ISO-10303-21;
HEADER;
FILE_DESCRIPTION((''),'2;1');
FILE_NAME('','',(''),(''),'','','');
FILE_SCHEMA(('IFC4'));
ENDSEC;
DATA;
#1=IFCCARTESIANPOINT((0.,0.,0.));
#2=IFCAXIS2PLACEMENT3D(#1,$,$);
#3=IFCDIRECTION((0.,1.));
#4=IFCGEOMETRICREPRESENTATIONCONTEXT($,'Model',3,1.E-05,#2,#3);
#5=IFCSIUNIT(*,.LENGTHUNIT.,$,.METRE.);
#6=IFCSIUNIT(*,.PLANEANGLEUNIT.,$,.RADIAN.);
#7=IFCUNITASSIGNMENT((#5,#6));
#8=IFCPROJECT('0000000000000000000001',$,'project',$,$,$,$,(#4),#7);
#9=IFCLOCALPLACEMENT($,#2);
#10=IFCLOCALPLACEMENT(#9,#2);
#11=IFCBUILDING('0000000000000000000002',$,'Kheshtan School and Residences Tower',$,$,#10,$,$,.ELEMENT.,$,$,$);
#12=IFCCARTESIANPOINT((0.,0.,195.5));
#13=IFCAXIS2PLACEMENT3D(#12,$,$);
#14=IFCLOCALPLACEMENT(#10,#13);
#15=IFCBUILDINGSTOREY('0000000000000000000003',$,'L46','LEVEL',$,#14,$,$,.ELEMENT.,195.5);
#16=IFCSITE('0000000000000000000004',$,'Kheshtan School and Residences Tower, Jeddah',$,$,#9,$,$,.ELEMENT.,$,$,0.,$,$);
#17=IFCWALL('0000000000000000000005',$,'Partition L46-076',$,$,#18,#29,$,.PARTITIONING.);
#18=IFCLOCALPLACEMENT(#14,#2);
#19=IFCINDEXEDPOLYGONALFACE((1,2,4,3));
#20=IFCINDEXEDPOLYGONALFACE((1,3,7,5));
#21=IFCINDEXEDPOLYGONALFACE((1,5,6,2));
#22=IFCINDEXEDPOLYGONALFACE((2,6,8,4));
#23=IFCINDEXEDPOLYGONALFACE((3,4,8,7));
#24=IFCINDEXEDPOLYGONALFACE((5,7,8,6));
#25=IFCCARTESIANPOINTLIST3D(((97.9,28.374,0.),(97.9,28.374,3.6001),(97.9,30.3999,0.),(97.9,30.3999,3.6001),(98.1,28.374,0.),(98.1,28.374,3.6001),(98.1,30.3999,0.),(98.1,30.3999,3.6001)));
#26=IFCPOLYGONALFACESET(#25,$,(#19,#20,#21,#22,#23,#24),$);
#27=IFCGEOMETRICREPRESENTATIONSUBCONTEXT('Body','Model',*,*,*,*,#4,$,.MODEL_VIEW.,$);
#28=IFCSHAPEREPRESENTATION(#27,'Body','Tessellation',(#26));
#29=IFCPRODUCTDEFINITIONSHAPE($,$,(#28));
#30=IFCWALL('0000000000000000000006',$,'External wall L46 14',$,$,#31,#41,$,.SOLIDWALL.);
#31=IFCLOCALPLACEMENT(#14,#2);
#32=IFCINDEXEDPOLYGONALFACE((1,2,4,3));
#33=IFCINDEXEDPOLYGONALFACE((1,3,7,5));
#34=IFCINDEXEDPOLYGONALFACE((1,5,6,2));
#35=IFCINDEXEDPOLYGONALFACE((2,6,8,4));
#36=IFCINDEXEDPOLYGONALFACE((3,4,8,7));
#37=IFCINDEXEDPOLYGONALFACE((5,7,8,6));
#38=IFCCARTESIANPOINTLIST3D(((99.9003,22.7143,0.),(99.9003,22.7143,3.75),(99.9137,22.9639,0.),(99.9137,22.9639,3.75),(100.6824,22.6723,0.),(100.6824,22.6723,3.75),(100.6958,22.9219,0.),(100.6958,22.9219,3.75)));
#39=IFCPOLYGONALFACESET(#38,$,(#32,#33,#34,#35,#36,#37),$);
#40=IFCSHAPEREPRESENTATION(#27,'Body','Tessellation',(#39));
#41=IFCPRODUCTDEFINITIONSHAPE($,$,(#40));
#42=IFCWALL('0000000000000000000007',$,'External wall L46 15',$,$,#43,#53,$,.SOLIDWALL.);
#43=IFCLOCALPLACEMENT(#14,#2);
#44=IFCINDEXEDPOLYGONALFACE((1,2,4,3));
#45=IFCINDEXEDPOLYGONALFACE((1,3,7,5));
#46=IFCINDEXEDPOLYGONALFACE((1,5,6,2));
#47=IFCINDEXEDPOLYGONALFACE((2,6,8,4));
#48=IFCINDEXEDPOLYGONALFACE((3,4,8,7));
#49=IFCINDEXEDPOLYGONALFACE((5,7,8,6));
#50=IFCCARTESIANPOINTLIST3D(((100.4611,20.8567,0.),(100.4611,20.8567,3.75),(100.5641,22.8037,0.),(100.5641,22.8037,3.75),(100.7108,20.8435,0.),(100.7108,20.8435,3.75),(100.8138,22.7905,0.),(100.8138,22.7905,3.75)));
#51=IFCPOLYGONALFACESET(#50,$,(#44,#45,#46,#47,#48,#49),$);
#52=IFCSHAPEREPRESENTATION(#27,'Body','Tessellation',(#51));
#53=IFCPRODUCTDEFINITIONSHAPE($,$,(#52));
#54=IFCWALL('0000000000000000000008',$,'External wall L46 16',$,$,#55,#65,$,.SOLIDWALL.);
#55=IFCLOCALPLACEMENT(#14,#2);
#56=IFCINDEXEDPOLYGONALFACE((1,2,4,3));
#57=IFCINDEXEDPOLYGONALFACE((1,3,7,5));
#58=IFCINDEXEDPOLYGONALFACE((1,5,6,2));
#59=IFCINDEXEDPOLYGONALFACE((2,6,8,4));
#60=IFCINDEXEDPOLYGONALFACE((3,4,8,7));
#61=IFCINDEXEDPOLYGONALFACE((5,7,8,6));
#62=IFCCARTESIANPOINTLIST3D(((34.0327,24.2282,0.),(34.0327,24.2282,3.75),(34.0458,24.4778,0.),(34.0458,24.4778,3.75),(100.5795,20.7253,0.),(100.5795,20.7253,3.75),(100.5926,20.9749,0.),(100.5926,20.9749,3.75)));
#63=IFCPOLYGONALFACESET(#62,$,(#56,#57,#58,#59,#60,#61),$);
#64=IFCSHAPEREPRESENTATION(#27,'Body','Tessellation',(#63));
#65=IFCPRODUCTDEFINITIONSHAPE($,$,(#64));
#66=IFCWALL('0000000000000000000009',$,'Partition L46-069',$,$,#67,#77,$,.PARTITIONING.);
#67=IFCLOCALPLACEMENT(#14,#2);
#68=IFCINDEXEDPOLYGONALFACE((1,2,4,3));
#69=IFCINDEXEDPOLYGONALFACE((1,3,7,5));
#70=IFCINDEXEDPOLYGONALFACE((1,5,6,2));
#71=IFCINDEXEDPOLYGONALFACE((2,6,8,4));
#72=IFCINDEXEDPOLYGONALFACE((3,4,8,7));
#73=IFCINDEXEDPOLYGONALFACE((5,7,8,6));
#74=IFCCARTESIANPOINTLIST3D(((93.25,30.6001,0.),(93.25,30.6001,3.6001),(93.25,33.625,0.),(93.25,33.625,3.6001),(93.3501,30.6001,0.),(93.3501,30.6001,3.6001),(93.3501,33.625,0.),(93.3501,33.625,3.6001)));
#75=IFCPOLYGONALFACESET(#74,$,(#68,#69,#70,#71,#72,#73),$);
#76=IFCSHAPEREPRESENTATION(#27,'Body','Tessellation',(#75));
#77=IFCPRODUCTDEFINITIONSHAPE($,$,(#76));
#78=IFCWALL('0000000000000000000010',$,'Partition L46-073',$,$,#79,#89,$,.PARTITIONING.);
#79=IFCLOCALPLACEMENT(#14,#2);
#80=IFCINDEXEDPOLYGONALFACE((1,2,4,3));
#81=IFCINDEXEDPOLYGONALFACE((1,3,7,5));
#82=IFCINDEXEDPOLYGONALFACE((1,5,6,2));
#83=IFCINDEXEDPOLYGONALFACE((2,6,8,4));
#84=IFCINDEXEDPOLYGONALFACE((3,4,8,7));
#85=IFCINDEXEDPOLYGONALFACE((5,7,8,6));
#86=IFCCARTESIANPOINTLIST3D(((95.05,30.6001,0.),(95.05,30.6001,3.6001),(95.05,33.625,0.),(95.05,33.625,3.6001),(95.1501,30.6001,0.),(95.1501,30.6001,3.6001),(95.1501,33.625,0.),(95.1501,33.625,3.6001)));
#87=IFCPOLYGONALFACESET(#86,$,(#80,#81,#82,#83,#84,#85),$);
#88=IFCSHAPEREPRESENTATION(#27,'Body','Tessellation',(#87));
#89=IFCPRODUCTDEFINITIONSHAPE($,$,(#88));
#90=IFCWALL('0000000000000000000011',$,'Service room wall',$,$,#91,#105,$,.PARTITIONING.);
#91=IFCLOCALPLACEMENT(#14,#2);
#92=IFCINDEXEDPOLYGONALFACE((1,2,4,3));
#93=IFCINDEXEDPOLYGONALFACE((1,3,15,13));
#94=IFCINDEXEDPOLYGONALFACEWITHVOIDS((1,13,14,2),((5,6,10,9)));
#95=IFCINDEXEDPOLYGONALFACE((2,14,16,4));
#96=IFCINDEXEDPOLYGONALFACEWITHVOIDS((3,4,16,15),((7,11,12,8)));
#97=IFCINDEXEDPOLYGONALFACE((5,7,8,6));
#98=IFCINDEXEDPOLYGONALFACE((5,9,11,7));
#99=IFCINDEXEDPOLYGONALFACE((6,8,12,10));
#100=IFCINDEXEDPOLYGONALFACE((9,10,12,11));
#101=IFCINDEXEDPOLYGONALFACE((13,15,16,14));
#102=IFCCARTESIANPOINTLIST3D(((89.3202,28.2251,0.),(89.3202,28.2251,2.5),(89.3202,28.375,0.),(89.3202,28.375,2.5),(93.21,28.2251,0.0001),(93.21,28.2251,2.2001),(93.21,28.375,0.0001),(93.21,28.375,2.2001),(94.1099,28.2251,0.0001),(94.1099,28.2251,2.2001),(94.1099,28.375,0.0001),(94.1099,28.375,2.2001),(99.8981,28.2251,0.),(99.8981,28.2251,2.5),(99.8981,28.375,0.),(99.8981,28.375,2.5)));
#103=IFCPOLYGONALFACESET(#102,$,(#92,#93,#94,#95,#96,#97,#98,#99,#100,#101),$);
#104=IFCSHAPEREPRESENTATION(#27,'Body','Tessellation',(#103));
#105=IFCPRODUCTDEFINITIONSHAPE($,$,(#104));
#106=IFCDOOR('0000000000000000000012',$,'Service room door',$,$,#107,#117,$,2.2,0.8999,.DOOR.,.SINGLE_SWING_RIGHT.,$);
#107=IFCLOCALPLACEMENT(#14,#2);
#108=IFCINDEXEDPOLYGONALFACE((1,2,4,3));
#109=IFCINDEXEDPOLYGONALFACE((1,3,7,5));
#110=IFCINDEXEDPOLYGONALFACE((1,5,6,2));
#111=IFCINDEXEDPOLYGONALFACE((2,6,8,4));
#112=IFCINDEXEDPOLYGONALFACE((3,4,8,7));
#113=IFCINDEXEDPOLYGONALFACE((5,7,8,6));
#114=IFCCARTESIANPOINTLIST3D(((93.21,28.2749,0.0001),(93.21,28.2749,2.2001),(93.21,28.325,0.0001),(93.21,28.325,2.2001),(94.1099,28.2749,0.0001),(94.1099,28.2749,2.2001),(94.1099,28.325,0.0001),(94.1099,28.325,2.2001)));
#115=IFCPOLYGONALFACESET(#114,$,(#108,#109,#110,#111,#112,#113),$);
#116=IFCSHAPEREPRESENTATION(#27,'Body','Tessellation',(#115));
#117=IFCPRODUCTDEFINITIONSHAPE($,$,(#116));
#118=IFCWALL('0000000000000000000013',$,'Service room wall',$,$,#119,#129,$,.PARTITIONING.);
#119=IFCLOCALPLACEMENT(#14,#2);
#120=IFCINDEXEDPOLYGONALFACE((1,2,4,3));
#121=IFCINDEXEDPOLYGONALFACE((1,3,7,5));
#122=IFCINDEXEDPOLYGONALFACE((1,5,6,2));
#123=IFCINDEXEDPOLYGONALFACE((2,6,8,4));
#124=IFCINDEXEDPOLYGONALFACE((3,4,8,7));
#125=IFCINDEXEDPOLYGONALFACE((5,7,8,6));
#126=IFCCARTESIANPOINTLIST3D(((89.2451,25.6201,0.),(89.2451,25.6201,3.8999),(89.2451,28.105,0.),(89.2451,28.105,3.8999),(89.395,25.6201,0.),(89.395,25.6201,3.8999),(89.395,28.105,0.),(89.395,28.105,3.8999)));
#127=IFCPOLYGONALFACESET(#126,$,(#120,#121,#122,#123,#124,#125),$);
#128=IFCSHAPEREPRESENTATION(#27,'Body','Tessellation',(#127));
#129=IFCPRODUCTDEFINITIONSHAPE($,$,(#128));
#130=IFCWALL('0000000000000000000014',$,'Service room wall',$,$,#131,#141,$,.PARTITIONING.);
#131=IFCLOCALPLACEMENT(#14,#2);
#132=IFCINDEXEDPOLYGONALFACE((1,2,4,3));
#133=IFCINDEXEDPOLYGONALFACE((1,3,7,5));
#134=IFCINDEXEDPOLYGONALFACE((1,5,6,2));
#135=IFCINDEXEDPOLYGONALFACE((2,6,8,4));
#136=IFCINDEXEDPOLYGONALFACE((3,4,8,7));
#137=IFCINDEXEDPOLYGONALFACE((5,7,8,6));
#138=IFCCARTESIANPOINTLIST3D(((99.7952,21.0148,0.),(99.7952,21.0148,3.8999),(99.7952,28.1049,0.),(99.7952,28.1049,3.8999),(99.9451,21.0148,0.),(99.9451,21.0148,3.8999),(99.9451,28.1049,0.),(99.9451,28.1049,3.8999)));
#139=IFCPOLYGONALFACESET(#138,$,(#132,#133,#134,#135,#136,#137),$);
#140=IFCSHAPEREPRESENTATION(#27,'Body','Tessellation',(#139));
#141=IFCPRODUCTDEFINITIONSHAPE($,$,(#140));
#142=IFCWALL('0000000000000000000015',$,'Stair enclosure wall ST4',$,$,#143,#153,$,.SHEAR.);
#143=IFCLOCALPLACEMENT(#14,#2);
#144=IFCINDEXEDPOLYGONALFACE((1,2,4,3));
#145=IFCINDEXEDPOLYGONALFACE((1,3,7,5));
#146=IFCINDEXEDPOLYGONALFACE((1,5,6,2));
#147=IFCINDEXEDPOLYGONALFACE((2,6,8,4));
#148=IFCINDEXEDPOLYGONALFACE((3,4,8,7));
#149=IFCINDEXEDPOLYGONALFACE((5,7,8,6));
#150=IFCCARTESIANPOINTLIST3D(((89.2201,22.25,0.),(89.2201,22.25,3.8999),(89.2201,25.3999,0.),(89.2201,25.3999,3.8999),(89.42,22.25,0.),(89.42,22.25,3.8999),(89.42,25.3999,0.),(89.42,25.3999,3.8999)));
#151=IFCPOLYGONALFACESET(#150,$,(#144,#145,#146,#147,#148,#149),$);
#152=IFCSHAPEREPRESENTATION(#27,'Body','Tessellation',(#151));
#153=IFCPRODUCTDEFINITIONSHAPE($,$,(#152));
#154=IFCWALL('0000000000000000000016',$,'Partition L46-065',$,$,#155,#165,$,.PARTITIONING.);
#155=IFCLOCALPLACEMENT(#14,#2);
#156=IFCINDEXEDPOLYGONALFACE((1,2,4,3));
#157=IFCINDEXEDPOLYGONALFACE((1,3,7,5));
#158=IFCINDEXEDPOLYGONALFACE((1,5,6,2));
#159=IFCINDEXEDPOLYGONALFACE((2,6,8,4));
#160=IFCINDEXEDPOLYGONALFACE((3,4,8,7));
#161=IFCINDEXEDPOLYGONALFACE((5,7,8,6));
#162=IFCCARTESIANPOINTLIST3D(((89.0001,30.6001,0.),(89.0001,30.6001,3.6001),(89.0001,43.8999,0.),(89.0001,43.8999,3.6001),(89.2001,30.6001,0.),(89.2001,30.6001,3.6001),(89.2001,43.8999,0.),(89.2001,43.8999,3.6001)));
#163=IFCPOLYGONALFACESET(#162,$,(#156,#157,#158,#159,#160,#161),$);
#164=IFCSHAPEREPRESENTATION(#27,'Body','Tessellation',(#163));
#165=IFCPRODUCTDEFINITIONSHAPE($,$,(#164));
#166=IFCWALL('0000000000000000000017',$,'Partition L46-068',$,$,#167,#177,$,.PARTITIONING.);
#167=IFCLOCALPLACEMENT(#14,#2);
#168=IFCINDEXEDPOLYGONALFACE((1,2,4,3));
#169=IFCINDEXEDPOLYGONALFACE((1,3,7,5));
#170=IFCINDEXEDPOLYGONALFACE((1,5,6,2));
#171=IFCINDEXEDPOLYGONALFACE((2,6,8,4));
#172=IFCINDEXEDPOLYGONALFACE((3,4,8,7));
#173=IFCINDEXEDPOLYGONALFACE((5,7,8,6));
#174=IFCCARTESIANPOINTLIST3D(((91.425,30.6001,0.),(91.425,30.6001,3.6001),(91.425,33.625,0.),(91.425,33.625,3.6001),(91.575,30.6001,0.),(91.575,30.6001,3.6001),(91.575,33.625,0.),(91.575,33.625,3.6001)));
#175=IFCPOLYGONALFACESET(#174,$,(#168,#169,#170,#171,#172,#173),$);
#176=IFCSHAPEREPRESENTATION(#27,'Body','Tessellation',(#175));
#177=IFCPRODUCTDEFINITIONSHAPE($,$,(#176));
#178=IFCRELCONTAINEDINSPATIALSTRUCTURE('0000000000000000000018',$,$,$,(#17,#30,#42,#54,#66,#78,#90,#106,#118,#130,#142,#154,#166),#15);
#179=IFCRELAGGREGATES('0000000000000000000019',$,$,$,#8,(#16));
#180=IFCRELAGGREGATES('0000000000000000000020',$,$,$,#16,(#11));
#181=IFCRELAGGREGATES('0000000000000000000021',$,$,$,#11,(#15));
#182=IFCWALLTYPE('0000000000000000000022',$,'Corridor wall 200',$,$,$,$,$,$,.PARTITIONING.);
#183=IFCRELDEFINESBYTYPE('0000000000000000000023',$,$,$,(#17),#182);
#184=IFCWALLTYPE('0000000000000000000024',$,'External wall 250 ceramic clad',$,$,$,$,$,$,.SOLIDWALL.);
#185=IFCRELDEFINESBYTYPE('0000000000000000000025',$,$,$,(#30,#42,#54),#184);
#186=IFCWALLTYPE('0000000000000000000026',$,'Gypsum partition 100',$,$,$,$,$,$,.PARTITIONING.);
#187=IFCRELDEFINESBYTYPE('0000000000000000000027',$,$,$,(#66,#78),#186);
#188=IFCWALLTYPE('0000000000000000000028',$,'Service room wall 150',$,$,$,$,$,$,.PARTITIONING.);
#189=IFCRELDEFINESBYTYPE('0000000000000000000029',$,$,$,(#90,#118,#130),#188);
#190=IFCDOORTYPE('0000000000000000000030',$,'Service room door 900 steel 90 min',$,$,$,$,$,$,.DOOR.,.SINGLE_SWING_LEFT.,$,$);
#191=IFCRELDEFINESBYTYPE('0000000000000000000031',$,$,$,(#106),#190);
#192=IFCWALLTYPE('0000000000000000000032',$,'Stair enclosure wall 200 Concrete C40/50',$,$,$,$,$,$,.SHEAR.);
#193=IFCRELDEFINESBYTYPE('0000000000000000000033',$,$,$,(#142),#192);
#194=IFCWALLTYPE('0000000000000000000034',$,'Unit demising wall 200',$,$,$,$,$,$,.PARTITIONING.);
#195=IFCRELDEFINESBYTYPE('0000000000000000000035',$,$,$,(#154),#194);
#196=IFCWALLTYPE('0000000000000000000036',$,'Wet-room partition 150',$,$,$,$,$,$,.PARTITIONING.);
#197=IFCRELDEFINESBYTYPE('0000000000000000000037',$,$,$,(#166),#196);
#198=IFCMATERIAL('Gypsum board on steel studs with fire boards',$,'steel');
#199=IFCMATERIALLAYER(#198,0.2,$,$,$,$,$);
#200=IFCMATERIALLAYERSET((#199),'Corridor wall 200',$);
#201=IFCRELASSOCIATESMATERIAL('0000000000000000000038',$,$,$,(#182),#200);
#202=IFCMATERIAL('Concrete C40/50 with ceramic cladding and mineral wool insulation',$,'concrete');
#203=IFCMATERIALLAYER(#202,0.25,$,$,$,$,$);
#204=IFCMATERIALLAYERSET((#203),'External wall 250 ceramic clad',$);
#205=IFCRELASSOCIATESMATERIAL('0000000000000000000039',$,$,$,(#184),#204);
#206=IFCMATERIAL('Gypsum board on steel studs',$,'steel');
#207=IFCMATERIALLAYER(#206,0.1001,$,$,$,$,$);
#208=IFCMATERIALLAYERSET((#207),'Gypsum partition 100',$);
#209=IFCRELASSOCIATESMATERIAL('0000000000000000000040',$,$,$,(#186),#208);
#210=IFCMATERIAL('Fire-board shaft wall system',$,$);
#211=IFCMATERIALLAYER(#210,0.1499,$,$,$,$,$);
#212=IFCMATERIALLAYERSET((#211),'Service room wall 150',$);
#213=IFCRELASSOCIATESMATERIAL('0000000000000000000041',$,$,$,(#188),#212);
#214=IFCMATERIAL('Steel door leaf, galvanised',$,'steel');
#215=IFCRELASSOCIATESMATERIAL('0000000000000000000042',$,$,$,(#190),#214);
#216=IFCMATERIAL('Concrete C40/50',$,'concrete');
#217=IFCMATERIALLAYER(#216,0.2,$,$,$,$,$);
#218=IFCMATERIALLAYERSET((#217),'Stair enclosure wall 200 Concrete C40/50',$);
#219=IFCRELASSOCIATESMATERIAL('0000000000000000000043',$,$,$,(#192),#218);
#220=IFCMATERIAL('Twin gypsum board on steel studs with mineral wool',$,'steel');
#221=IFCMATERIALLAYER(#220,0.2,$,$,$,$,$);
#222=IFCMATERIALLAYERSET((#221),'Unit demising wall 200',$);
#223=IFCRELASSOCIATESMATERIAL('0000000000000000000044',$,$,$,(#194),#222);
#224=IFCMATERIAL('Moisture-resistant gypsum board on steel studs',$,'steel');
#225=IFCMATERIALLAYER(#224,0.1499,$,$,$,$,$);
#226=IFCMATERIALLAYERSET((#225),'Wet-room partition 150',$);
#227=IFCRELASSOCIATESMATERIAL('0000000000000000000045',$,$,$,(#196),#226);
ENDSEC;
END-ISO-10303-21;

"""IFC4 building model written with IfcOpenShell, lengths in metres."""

from ifc_helpers import new_model, si_unit, direction, frame, frame_2d, origin, place, context, subcontext, project, spatial, rectangle, extrude, source, transform, mapped, material, layer, layer_set, type_object, element, fill, save


model = new_model("IFC4")

# Units and contexts
model_context = context("Model", 3, precision=1e-05, world=origin(), true_north=direction((0.0, 1.0)))
body_context = subcontext(model_context, "Body", "Model", "MODEL_VIEW")
ifc_project = project(units=[si_unit("LENGTHUNIT", "METRE"), si_unit("PLANEANGLEUNIT", "RADIAN")], contexts=[model_context])

# Site, building, storey
site_placement = place(None, origin())
site = spatial("IfcSite", under=ifc_project, at=site_placement, Name="Kheshtan School and Residences Tower, Jeddah", CompositionType="ELEMENT", RefElevation=0.0)
building_placement = place(site_placement, origin())
building = spatial("IfcBuilding", under=site, at=building_placement, Name="Kheshtan School and Residences Tower", CompositionType="ELEMENT")
storey_placement = place(building_placement, frame((0.0, 0.0, 195.5)))
storey = spatial("IfcBuildingStorey", under=building, at=storey_placement, Name="L46", Description="LEVEL", CompositionType="ELEMENT", Elevation=195.5)

# Walls
ifc_material_1 = material(Name="Gypsum board on steel studs with fire boards", Category="steel")
ifc_layer_1 = layer(ifc_material_1, 0.2)
ifc_layer_set_1 = layer_set([ifc_layer_1], Name="Corridor wall 200")
wall_type_1 = type_object("IfcWallType", Name="Corridor wall 200", PredefinedType="PARTITIONING", material=ifc_layer_set_1)
wall_1_placement = place(storey_placement, frame((98.0, 28.374, 0.0), z_axis=(0.0, 0.0, 1.0), x_axis=(0.0, 1.0, 0.0)))
element("IfcWall", 1, at=wall_1_placement, inside=storey, type_object=wall_type_1, Name="Partition L46-076", PredefinedType="PARTITIONING", context=body_context, shape_type="SweptSolid", body=[
    extrude(rectangle(XDim=2.0259, YDim=0.2, at=frame_2d((1.0129, 0.0))), origin(), (0.0, 0.0, 1.0), 3.6001),
])
ifc_material_2 = material(Name="Concrete C40/50 with ceramic cladding and mineral wool insulation", Category="concrete")
ifc_layer_2 = layer(ifc_material_2, 0.25)
ifc_layer_set_2 = layer_set([ifc_layer_2], Name="External wall 250 ceramic clad")
wall_type_2 = type_object("IfcWallType", Name="External wall 250 ceramic clad", PredefinedType="SOLIDWALL", material=ifc_layer_set_2)
wall_2_placement = place(storey_placement, frame((99.907, 22.8391, 0.0), z_axis=(0.0, 0.0, 1.0), x_axis=(0.998561, -0.053622, 0.0)))
element("IfcWall", 2, at=wall_2_placement, inside=storey, type_object=wall_type_2, Name="External wall L46 14", PredefinedType="SOLIDWALL", context=body_context, shape_type="SweptSolid", body=[
    extrude(rectangle(XDim=0.7832, YDim=0.25, at=frame_2d((0.3916, 0.0))), origin(), (0.0, 0.0, 1.0), 3.75),
])
wall_3_placement = place(storey_placement, frame((100.689, 22.7971, 0.0), z_axis=(0.0, 0.0, 1.0), x_axis=(-0.052841, -0.998603, 0.0)))
element("IfcWall", 3, at=wall_3_placement, inside=storey, type_object=wall_type_2, Name="External wall L46 15", PredefinedType="SOLIDWALL", context=body_context, shape_type="SweptSolid", body=[
    extrude(rectangle(XDim=1.9497, YDim=0.25, at=frame_2d((0.9749, 0.0))), origin(), (0.0, 0.0, 1.0), 3.75),
])
wall_4_placement = place(storey_placement, frame((100.5859, 20.8501, 0.0), z_axis=(0.0, 0.0, 1.0), x_axis=(-0.998617, 0.052566, 0.0)))
element("IfcWall", 4, at=wall_4_placement, inside=storey, type_object=wall_type_2, Name="External wall L46 16", PredefinedType="SOLIDWALL", context=body_context, shape_type="SweptSolid", body=[
    extrude(rectangle(XDim=66.6389, YDim=0.25, at=frame_2d((33.3193, 0.0))), origin(), (0.0, 0.0, 1.0), 3.75),
])

# Walls
ifc_material_3 = material(Name="Gypsum board on steel studs", Category="steel")
ifc_layer_3 = layer(ifc_material_3, 0.1001)
ifc_layer_set_3 = layer_set([ifc_layer_3], Name="Gypsum partition 100")
wall_type_3 = type_object("IfcWallType", Name="Gypsum partition 100", PredefinedType="PARTITIONING", material=ifc_layer_set_3)
for number, where, z_axis, x_axis, name in (
    (5, (93.3, 30.6001, 0.0), (0.0, 0.0, 1.0), (0.0, 1.0, 0.0), "Partition L46-069"),
    (6, (95.1001, 30.6001, 0.0), (0.0, 0.0, 1.0), (0.0, 1.0, 0.0), "Partition L46-073"),
):
    element("IfcWall", number, at=place(storey_placement, frame(where, z_axis=z_axis, x_axis=x_axis)), inside=storey, type_object=wall_type_3, Name=name, PredefinedType="PARTITIONING", context=body_context, shape_type="SweptSolid", body=[
        extrude(rectangle(XDim=3.0249, YDim=0.1001, at=frame_2d((1.5125, 0.0))), origin(), (0.0, 0.0, 1.0), 3.6001),
    ])

# Wall, opening, door
ifc_material_4 = material(Name="Fire-board shaft wall system")
ifc_layer_4 = layer(ifc_material_4, 0.1499)
ifc_layer_set_4 = layer_set([ifc_layer_4], Name="Service room wall 150")
wall_type_4 = type_object("IfcWallType", Name="Service room wall 150", PredefinedType="PARTITIONING", material=ifc_layer_set_4)
wall_5_placement = place(storey_placement, frame((89.3201, 28.3, 0.0), z_axis=(0.0, 0.0, 1.0), x_axis=(1.0, 0.0, 0.0)))
wall_5 = element("IfcWall", 7, at=wall_5_placement, inside=storey, type_object=wall_type_4, Name="Service room wall", PredefinedType="PARTITIONING", context=body_context, shape_type="SweptSolid", body=[
    extrude(rectangle(XDim=10.5779, YDim=0.1499, at=frame_2d((5.2891, 0.0))), origin(), (0.0, 0.0, 1.0), 2.5),
])
opening_1_placement = place(wall_5_placement, frame((3.8899, 0.0, 0.0)))
opening_1 = element("IfcOpeningElement", 8, at=opening_1_placement, cuts=wall_5, PredefinedType="OPENING", context=body_context, shape_type="SweptSolid", body=[
    extrude(rectangle(XDim=0.8999, YDim=2.2, at=frame_2d((0.45, 1.1001))), frame((0.0, 0.085, 0.0), z_axis=(0.0, -1.0, 0.0), x_axis=(1.0, 0.0, 0.0)), (0.0, 0.0, 1.0), 0.1699),
])
ifc_material_5 = material(Name="Steel door leaf, galvanised", Category="steel")
door_type_1 = type_object("IfcDoorType", Name="Service room door 900 steel 90 min", OperationType="SINGLE_SWING_LEFT", PredefinedType="DOOR", material=ifc_material_5)
shared_shape_1 = source(origin(), body_context, "Body", "SweptSolid", [
    extrude(rectangle(XDim=0.8999, YDim=2.2, at=frame_2d((0.45, 1.1001))), frame((0.0, 0.0249, 0.0), z_axis=(0.0, -1.0, 0.0), x_axis=(1.0, 0.0, 0.0)), (0.0, 0.0, 1.0), 0.05),
])
door_1_placement = place(opening_1_placement, origin())
door_1 = element("IfcDoor", 9, at=door_1_placement, inside=storey, type_object=door_type_1, Name="Service room door", OperationType="SINGLE_SWING_RIGHT", OverallHeight=2.2, OverallWidth=0.8999, PredefinedType="DOOR", context=body_context, shape_type="MappedRepresentation", body=[
    mapped(shared_shape_1, transform((0.0, 0.0, 0.0), x_axis=(1.0, 0.0, 0.0), y_axis=(0.0, 1.0, 0.0), z_axis=(0.0, 0.0, 1.0), scale=1.0)),
])
fill(opening_1, door_1)

# Walls
wall_6_placement = place(storey_placement, frame((89.3201, 25.6201, 0.0), z_axis=(0.0, 0.0, 1.0), x_axis=(0.0, 1.0, 0.0)))
element("IfcWall", 10, at=wall_6_placement, inside=storey, type_object=wall_type_4, Name="Service room wall", PredefinedType="PARTITIONING", context=body_context, shape_type="SweptSolid", body=[
    extrude(rectangle(XDim=2.4849, YDim=0.1499, at=frame_2d((1.2424, 0.0))), origin(), (0.0, 0.0, 1.0), 3.8999),
])
wall_7_placement = place(storey_placement, frame((99.8701, 21.0149, 0.0), z_axis=(0.0, 0.0, 1.0), x_axis=(0.0, 1.0, 0.0)))
element("IfcWall", 11, at=wall_7_placement, inside=storey, type_object=wall_type_4, Name="Service room wall", PredefinedType="PARTITIONING", context=body_context, shape_type="SweptSolid", body=[
    extrude(rectangle(XDim=7.0901, YDim=0.1499, at=frame_2d((3.5449, 0.0))), origin(), (0.0, 0.0, 1.0), 3.8999),
])
ifc_material_6 = material(Name="Concrete C40/50", Category="concrete")
ifc_layer_5 = layer(ifc_material_6, 0.2)
ifc_layer_set_5 = layer_set([ifc_layer_5], Name="Stair enclosure wall 200 Concrete C40/50")
wall_type_5 = type_object("IfcWallType", Name="Stair enclosure wall 200 Concrete C40/50", PredefinedType="SHEAR", material=ifc_layer_set_5)
wall_8_placement = place(storey_placement, frame((89.3201, 22.25, 0.0), z_axis=(0.0, 0.0, 1.0), x_axis=(0.0, 1.0, 0.0)))
element("IfcWall", 12, at=wall_8_placement, inside=storey, type_object=wall_type_5, Name="Stair enclosure wall ST4", PredefinedType="SHEAR", context=body_context, shape_type="SweptSolid", body=[
    extrude(rectangle(XDim=3.1499, YDim=0.2, at=frame_2d((1.575, 0.0))), origin(), (0.0, 0.0, 1.0), 3.8999),
])
ifc_material_7 = material(Name="Twin gypsum board on steel studs with mineral wool", Category="steel")
ifc_layer_6 = layer(ifc_material_7, 0.2)
ifc_layer_set_6 = layer_set([ifc_layer_6], Name="Unit demising wall 200")
wall_type_6 = type_object("IfcWallType", Name="Unit demising wall 200", PredefinedType="PARTITIONING", material=ifc_layer_set_6)
wall_9_placement = place(storey_placement, frame((89.1001, 30.6001, 0.0), z_axis=(0.0, 0.0, 1.0), x_axis=(0.0, 1.0, 0.0)))
element("IfcWall", 13, at=wall_9_placement, inside=storey, type_object=wall_type_6, Name="Partition L46-065", PredefinedType="PARTITIONING", context=body_context, shape_type="SweptSolid", body=[
    extrude(rectangle(XDim=13.2998, YDim=0.2, at=frame_2d((6.6499, 0.0))), origin(), (0.0, 0.0, 1.0), 3.6001),
])
ifc_material_8 = material(Name="Moisture-resistant gypsum board on steel studs", Category="steel")
ifc_layer_7 = layer(ifc_material_8, 0.1499)
ifc_layer_set_7 = layer_set([ifc_layer_7], Name="Wet-room partition 150")
wall_type_7 = type_object("IfcWallType", Name="Wet-room partition 150", PredefinedType="PARTITIONING", material=ifc_layer_set_7)
wall_10_placement = place(storey_placement, frame((91.5, 30.6001, 0.0), z_axis=(0.0, 0.0, 1.0), x_axis=(0.0, 1.0, 0.0)))
element("IfcWall", 14, at=wall_10_placement, inside=storey, type_object=wall_type_7, Name="Partition L46-068", PredefinedType="PARTITIONING", context=body_context, shape_type="SweptSolid", body=[
    extrude(rectangle(XDim=3.0249, YDim=0.1499, at=frame_2d((1.5125, 0.0))), origin(), (0.0, 0.0, 1.0), 3.6001),
])

save(model, "model.ifc")
